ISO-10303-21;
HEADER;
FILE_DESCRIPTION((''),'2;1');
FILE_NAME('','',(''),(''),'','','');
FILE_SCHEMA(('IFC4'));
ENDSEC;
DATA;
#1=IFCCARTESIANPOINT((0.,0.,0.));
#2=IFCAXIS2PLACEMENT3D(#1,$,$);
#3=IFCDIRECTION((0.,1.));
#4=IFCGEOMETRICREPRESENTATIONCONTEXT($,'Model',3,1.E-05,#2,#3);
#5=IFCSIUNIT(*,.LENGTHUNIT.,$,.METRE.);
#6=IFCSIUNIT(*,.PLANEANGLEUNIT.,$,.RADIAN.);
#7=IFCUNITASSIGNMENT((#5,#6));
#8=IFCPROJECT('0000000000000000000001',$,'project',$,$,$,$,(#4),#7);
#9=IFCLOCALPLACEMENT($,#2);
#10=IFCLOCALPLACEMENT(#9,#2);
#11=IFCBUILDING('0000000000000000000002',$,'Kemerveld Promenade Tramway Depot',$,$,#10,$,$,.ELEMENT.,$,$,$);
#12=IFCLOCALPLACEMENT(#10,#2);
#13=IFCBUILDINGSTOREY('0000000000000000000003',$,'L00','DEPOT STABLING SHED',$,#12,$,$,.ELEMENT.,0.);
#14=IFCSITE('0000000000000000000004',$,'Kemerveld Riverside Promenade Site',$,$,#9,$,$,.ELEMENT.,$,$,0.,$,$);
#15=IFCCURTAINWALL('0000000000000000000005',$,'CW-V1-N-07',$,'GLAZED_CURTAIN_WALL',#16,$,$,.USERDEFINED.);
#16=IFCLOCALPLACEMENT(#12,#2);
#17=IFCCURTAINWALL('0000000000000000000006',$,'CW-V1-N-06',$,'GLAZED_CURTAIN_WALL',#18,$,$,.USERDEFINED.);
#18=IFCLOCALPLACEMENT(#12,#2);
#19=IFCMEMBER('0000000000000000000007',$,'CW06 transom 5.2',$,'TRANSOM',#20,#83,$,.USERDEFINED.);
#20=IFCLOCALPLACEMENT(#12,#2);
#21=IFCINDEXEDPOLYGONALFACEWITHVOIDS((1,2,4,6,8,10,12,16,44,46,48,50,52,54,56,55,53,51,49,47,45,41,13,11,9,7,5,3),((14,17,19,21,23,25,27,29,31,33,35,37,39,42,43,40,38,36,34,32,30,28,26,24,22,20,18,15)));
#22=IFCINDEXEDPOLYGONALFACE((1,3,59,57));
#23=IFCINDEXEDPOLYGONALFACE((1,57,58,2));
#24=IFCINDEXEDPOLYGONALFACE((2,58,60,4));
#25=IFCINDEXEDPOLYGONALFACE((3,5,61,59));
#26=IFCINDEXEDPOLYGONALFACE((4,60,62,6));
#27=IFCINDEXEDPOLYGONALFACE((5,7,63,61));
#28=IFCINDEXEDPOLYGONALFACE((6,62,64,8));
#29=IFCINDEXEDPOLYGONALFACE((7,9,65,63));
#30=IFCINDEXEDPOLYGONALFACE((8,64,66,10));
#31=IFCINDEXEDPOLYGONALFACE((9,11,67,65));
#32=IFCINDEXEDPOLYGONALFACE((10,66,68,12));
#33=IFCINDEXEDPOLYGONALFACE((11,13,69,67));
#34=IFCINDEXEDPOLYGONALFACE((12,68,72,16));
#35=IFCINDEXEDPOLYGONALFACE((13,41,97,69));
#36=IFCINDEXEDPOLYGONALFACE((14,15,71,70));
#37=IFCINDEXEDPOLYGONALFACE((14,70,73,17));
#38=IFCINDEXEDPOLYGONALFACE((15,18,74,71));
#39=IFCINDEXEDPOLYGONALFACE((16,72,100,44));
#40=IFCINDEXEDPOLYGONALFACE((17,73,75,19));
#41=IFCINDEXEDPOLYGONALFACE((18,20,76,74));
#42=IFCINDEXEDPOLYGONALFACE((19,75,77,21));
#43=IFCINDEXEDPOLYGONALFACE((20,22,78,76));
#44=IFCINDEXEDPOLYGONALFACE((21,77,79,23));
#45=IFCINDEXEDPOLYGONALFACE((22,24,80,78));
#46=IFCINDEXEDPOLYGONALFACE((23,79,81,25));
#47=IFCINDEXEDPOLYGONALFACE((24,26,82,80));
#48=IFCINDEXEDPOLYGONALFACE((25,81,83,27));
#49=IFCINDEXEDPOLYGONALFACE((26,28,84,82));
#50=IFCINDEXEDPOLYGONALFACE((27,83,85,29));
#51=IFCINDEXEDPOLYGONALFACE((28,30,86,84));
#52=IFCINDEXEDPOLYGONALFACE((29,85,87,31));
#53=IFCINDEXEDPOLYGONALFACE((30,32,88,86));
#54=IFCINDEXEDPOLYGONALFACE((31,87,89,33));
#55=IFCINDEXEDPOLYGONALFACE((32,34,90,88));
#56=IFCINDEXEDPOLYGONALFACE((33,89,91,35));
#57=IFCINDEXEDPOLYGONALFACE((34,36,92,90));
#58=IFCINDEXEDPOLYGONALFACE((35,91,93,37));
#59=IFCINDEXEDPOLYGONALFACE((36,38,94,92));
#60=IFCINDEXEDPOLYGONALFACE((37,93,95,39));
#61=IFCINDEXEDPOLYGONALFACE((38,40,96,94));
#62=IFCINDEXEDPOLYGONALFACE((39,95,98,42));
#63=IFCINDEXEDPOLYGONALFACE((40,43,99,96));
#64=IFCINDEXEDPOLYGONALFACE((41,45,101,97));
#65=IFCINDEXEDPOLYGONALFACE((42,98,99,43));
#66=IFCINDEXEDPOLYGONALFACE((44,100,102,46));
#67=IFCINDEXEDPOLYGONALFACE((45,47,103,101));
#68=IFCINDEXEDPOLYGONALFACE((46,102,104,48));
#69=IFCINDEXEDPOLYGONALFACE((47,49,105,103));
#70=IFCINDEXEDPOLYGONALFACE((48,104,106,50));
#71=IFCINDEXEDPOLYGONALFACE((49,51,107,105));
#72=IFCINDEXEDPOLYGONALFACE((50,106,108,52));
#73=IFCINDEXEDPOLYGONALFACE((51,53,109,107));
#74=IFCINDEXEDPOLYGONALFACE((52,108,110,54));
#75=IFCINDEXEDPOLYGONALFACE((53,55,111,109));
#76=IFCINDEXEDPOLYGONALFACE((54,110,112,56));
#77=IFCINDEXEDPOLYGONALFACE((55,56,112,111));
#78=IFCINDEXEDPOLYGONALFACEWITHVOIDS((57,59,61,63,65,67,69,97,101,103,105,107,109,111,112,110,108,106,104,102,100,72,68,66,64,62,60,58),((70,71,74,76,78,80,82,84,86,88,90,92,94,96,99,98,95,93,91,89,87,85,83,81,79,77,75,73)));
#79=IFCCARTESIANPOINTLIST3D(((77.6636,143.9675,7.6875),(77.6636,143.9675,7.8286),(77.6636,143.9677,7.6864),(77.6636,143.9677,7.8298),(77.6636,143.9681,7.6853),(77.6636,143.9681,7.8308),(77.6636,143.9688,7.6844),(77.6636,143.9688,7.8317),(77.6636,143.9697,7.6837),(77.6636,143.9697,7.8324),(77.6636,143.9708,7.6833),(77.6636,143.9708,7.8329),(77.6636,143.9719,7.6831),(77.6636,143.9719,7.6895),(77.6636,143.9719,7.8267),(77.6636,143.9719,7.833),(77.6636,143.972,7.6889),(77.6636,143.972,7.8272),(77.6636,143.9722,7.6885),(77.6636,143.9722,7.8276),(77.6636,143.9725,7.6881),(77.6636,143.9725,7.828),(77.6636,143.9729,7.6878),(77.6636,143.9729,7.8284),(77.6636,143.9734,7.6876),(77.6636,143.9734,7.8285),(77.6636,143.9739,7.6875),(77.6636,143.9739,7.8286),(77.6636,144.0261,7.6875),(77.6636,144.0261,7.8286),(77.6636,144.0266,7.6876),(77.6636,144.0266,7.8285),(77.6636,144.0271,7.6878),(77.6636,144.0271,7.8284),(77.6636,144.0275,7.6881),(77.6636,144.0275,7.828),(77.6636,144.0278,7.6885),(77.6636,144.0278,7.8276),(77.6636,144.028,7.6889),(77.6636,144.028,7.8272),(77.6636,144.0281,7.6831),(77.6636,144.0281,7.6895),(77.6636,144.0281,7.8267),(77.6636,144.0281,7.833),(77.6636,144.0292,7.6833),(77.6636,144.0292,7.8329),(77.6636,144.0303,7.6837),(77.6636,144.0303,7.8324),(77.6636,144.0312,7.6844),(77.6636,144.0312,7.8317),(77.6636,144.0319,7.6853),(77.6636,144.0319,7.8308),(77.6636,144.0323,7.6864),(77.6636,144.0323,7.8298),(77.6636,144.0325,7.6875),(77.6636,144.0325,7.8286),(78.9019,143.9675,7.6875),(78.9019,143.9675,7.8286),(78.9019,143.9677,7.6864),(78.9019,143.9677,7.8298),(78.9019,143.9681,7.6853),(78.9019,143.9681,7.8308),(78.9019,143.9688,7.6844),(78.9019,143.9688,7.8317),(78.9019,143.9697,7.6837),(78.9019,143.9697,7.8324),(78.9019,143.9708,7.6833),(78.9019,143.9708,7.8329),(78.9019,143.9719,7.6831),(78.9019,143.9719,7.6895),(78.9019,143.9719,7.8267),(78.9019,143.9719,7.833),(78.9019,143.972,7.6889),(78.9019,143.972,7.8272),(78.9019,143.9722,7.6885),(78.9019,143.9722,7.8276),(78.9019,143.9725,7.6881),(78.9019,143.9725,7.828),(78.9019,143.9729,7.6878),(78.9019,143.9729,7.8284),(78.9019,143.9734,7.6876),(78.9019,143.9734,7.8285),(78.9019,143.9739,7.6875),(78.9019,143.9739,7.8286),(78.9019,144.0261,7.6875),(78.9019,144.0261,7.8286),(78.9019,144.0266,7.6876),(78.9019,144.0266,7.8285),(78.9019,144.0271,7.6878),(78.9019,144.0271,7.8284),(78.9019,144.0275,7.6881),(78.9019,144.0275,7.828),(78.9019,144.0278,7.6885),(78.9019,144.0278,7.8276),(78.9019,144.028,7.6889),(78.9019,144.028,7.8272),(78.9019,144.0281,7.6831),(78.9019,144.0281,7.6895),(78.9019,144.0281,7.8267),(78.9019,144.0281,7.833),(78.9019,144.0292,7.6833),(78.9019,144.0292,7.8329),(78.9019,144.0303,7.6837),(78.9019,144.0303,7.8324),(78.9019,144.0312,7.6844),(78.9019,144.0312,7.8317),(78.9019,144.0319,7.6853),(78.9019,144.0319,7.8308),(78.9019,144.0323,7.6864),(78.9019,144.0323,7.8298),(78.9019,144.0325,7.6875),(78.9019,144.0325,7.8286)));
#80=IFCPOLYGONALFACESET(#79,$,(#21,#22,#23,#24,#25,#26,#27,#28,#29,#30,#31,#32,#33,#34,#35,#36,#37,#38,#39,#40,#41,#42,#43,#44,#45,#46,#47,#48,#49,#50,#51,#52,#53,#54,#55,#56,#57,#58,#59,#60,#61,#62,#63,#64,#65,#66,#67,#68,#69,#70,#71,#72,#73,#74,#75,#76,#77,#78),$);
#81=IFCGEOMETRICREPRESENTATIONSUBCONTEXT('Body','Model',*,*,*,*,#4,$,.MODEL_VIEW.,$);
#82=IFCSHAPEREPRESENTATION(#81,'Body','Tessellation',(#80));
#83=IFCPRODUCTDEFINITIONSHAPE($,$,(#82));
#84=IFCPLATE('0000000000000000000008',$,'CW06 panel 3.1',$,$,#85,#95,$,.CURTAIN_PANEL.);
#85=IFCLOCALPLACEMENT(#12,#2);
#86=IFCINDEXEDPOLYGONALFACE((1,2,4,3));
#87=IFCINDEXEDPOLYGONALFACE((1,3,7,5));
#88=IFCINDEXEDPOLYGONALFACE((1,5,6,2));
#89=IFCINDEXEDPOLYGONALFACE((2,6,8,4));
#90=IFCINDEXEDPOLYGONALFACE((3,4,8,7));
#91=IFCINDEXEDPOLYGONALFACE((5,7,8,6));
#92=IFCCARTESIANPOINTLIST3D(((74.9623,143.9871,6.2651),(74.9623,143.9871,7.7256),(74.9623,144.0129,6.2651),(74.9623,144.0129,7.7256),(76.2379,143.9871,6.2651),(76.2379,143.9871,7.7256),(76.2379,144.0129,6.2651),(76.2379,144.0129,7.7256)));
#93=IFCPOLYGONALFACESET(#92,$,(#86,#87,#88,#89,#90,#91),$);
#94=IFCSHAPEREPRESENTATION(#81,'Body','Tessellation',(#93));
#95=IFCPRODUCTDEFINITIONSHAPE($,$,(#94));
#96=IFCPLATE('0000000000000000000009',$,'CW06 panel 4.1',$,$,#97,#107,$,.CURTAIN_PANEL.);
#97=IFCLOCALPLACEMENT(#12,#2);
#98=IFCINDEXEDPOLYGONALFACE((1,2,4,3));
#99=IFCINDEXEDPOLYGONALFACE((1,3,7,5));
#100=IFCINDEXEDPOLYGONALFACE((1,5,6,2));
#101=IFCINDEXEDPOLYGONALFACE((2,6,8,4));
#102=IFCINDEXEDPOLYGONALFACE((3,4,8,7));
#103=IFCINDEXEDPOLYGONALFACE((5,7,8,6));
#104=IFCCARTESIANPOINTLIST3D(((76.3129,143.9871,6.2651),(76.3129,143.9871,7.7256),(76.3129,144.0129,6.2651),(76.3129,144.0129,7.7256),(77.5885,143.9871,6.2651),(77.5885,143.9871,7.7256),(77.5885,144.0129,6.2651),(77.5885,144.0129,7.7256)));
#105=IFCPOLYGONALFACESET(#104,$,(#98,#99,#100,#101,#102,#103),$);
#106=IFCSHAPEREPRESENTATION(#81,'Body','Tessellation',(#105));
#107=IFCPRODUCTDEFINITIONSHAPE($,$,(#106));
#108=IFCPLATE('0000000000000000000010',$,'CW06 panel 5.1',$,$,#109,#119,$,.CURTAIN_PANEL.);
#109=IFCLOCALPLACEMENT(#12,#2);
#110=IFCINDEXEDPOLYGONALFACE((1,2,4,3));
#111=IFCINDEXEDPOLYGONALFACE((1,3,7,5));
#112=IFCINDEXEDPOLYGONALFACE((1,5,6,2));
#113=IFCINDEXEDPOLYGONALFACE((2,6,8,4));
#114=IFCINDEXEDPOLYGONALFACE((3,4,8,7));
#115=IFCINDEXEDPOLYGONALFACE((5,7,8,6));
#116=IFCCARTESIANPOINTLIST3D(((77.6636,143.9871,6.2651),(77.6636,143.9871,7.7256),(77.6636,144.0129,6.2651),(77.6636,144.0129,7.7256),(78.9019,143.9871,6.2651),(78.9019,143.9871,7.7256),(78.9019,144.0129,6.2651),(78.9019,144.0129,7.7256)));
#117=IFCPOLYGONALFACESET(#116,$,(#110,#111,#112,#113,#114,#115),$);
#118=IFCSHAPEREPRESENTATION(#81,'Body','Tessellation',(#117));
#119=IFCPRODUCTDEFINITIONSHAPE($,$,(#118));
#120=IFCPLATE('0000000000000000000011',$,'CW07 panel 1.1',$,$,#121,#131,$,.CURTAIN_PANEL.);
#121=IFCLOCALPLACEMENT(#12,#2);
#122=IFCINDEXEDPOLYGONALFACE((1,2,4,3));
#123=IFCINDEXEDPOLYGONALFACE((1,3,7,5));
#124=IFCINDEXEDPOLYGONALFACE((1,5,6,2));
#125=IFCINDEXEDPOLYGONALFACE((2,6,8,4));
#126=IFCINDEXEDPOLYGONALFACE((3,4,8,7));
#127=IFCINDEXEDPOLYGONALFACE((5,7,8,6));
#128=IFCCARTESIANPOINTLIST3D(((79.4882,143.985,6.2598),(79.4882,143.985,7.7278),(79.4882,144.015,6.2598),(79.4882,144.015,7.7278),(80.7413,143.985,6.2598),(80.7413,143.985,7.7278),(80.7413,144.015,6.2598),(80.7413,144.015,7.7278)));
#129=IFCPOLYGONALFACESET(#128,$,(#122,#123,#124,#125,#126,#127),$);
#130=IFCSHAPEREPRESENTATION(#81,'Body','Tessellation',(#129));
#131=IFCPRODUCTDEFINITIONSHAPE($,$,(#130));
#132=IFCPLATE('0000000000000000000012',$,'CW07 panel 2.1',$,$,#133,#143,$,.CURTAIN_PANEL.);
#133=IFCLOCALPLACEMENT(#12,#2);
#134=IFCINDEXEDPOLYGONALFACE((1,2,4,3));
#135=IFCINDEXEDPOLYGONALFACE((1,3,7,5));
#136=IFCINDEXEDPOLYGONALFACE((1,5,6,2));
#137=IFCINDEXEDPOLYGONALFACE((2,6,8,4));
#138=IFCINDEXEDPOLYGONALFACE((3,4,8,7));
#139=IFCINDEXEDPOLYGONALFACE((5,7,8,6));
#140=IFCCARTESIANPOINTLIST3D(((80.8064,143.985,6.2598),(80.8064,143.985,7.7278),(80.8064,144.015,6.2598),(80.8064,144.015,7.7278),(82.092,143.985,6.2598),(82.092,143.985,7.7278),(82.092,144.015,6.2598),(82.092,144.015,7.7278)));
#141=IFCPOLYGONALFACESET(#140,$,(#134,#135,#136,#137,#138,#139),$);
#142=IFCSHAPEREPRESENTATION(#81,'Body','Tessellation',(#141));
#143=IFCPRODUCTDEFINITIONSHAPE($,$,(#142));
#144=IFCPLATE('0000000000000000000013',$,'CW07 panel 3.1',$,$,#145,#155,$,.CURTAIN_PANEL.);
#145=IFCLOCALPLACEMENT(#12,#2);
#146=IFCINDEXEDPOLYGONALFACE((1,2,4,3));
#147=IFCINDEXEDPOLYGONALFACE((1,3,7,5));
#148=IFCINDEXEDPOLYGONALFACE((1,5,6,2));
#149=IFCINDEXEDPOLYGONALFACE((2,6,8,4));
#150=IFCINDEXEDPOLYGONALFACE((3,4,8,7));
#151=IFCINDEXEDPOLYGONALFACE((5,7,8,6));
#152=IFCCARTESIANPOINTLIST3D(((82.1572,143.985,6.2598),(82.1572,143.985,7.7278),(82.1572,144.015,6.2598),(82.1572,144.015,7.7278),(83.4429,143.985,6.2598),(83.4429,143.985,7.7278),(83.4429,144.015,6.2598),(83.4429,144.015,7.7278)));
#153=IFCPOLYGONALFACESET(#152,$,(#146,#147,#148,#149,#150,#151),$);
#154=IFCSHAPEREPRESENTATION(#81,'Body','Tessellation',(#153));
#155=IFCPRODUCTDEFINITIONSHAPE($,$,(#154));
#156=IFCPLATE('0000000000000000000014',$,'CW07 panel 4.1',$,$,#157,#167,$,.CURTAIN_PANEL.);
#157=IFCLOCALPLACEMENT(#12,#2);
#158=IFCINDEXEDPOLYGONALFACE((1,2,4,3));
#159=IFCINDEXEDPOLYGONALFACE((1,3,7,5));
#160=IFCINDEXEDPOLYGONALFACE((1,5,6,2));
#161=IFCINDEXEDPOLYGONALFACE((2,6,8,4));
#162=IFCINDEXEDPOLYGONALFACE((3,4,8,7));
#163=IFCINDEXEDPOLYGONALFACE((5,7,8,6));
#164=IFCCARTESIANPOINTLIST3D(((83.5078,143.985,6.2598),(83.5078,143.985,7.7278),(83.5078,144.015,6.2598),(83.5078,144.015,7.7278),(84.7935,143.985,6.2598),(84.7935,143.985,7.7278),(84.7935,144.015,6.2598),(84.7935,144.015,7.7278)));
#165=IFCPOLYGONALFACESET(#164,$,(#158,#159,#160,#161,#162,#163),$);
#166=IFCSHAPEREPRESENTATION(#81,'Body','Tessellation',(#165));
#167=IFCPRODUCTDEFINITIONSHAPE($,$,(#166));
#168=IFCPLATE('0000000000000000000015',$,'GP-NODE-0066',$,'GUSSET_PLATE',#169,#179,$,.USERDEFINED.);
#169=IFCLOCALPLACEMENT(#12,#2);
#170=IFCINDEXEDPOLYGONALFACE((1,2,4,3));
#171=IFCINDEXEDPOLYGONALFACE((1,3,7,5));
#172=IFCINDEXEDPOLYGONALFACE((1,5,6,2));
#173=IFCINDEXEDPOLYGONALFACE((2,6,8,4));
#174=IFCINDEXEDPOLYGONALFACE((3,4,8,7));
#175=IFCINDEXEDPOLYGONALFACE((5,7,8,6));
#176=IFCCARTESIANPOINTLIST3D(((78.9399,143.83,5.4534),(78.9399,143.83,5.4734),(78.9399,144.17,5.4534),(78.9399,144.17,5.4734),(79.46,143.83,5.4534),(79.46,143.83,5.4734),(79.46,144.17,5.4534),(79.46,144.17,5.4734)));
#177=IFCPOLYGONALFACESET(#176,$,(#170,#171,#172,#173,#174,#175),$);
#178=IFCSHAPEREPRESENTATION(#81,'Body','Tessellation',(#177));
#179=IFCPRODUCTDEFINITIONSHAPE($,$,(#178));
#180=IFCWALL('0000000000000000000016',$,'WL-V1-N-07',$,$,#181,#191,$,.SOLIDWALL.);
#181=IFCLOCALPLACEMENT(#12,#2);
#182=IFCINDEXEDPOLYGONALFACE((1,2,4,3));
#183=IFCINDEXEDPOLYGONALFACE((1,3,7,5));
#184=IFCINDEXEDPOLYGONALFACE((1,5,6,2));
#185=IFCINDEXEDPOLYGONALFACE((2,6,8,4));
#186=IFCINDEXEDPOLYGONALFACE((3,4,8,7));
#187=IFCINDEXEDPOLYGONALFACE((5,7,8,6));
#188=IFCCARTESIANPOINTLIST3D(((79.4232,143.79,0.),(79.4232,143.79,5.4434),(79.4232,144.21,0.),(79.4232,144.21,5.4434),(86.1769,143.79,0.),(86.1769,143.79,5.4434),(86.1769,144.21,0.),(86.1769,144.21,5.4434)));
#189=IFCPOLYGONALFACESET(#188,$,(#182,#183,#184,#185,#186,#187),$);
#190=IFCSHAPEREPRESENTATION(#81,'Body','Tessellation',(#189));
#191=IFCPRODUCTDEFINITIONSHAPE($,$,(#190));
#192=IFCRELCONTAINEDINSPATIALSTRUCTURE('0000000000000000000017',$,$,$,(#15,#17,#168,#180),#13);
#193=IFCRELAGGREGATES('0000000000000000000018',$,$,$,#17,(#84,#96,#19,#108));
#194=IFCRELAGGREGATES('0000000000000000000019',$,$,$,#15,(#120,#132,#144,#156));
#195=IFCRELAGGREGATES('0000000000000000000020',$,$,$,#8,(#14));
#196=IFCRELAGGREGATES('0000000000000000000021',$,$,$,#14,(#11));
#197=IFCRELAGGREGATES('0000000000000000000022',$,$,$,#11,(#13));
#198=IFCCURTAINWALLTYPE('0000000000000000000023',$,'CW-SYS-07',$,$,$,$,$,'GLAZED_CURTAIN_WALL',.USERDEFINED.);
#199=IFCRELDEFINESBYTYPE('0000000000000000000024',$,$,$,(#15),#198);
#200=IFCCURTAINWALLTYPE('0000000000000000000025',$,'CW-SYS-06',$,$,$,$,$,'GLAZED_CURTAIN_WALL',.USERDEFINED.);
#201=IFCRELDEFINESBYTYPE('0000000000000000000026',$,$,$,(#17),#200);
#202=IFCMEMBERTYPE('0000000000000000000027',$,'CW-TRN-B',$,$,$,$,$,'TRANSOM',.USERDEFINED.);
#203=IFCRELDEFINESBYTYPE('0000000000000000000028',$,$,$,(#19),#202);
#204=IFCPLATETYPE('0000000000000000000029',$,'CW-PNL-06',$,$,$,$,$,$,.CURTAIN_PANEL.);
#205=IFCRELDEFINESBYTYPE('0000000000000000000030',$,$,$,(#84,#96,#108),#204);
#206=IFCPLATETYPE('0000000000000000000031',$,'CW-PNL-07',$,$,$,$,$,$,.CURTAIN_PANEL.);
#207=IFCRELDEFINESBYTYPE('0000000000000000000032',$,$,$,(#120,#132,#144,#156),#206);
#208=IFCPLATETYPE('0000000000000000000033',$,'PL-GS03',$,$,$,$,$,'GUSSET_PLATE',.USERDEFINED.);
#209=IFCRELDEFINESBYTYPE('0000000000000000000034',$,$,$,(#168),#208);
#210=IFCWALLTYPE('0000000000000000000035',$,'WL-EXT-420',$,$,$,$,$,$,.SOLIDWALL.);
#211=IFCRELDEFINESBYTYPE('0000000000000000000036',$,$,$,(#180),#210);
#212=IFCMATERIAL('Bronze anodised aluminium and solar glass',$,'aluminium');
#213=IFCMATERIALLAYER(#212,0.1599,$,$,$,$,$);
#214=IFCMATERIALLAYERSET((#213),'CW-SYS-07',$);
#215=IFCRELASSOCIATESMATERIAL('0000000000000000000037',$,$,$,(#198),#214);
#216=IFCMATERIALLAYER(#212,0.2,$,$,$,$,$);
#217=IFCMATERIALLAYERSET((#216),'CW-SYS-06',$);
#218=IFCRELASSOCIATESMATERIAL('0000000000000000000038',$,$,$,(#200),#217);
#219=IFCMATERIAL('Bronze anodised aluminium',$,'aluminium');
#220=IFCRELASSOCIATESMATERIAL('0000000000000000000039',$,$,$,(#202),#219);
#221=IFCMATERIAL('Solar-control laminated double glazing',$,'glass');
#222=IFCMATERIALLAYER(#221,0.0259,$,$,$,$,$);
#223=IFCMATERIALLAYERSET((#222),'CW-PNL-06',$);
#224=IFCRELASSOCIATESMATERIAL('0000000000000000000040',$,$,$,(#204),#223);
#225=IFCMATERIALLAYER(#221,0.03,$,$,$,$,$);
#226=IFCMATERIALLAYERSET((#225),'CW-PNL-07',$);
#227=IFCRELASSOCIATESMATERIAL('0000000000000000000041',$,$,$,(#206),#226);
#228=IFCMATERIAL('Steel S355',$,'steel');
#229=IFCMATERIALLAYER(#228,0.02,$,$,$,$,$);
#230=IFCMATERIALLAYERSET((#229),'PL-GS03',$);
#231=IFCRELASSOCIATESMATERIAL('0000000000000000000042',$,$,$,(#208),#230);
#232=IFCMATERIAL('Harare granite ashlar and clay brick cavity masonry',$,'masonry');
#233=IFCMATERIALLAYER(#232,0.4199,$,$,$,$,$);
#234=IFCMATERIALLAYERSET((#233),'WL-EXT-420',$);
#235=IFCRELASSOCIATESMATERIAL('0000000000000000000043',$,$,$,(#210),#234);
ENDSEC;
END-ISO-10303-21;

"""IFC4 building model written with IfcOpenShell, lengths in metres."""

from ifc_helpers import new_model, si_unit, direction, frame, frame_2d, origin, origin_2d, place, context, subcontext, project, spatial, rectangle, hollow_rectangle, extrude, material, layer, layer_set, material_profile, profile_set, type_object, element, aggregate, save


model = new_model("IFC4")

# Units and contexts
model_context = context("Model", 3, precision=1e-05, world=origin(), true_north=direction((0.0, 1.0)))
body_context = subcontext(model_context, "Body", "Model", "MODEL_VIEW")
ifc_project = project(units=[si_unit("LENGTHUNIT", "METRE"), si_unit("PLANEANGLEUNIT", "RADIAN")], contexts=[model_context])

# Site, building, storey
site_placement = place(None, origin())
site = spatial("IfcSite", under=ifc_project, at=site_placement, Name="Kemerveld Riverside Promenade Site", CompositionType="ELEMENT", RefElevation=0.0)
building_placement = place(site_placement, origin())
building = spatial("IfcBuilding", under=site, at=building_placement, Name="Kemerveld Promenade Tramway Depot", CompositionType="ELEMENT")
storey_placement = place(building_placement, origin())
storey = spatial("IfcBuildingStorey", under=building, at=storey_placement, Name="L00", Description="DEPOT STABLING SHED", CompositionType="ELEMENT", Elevation=0.0)

# Shared definitions
ifc_material_1 = material(Name="Steel S355", Category="steel")

# Curtain walls
ifc_material_2 = material(Name="Bronze anodised aluminium and solar glass", Category="aluminium")
ifc_layer_1 = layer(ifc_material_2, 0.1599)
ifc_layer_set_1 = layer_set([ifc_layer_1], Name="CW-SYS-07")
curtain_wall_type_1 = type_object("IfcCurtainWallType", Name="CW-SYS-07", ElementType="GLAZED_CURTAIN_WALL", PredefinedType="USERDEFINED", material=ifc_layer_set_1)
curtain_wall_1_placement = place(storey_placement, origin())
curtain_wall_1 = element("IfcCurtainWall", 1, at=curtain_wall_1_placement, inside=storey, type_object=curtain_wall_type_1, Name="CW-V1-N-07", ObjectType="GLAZED_CURTAIN_WALL", PredefinedType="USERDEFINED")
ifc_material_3 = material(Name="Bronze anodised aluminium", Category="aluminium")
ifc_layer_2 = layer(ifc_material_2, 0.2)
ifc_layer_set_2 = layer_set([ifc_layer_2], Name="CW-SYS-06")
curtain_wall_type_2 = type_object("IfcCurtainWallType", Name="CW-SYS-06", ElementType="GLAZED_CURTAIN_WALL", PredefinedType="USERDEFINED", material=ifc_layer_set_2)
curtain_wall_2_placement = place(storey_placement, origin())
curtain_wall_2 = element("IfcCurtainWall", 2, at=curtain_wall_2_placement, inside=storey, type_object=curtain_wall_type_2, Name="CW-V1-N-06", ObjectType="GLAZED_CURTAIN_WALL", PredefinedType="USERDEFINED")

# Member
ifc_material_profile_1 = material_profile(ifc_material_3, hollow_rectangle(XDim=0.0649, YDim=0.1499, WallThickness=0.0044, InnerFilletRadius=0.002, OuterFilletRadius=0.0044, at=origin_2d()), Name="CW-TRN-150x65")
ifc_profile_set_1 = profile_set([ifc_material_profile_1], Name="Bronze anodised aluminium")
member_type_1 = type_object("IfcMemberType", Name="CW-TRN-B", ElementType="TRANSOM", PredefinedType="USERDEFINED", material=ifc_profile_set_1)
member_1_placement = place(storey_placement, frame((77.6636, 144.0, 7.7581), z_axis=(1.0, 0.0, 0.0), x_axis=(0.0, 1.0, 0.0)))
member_1 = element("IfcMember", 3, at=member_1_placement, type_object=member_type_1, Name="CW06 transom 5.2", ObjectType="TRANSOM", PredefinedType="USERDEFINED", context=body_context, shape_type="SweptSolid", body=[
    extrude(hollow_rectangle(XDim=0.0649, YDim=0.1499, WallThickness=0.0044, InnerFilletRadius=0.002, OuterFilletRadius=0.0044, at=origin_2d()), origin(), (0.0, 0.0, 1.0), 1.2383),
])

# Plates
ifc_material_4 = material(Name="Solar-control laminated double glazing", Category="glass")
ifc_layer_3 = layer(ifc_material_4, 0.0259)
ifc_layer_set_3 = layer_set([ifc_layer_3], Name="CW-PNL-06")
plate_type_1 = type_object("IfcPlateType", Name="CW-PNL-06", PredefinedType="CURTAIN_PANEL", material=ifc_layer_set_3)
plate_1_placement = place(storey_placement, frame((75.6001, 144.0, 6.2651), z_axis=(0.0, 0.0, 1.0), x_axis=(1.0, 0.0, 0.0)))
plate_1 = element("IfcPlate", 4, at=plate_1_placement, type_object=plate_type_1, Name="CW06 panel 3.1", PredefinedType="CURTAIN_PANEL", context=body_context, shape_type="SweptSolid", body=[
    extrude(rectangle(XDim=1.2756, YDim=0.0259, at=origin_2d()), origin(), (0.0, 0.0, 1.0), 1.4604),
])
plate_2_placement = place(storey_placement, frame((76.9507, 144.0, 6.2651), z_axis=(0.0, 0.0, 1.0), x_axis=(1.0, 0.0, 0.0)))
plate_2 = element("IfcPlate", 5, at=plate_2_placement, type_object=plate_type_1, Name="CW06 panel 4.1", PredefinedType="CURTAIN_PANEL", context=body_context, shape_type="SweptSolid", body=[
    extrude(rectangle(XDim=1.2756, YDim=0.0259, at=origin_2d()), origin(), (0.0, 0.0, 1.0), 1.4604),
])
plate_3_placement = place(storey_placement, frame((78.2827, 144.0, 6.2651), z_axis=(0.0, 0.0, 1.0), x_axis=(1.0, 0.0, 0.0)))
plate_3 = element("IfcPlate", 6, at=plate_3_placement, type_object=plate_type_1, Name="CW06 panel 5.1", PredefinedType="CURTAIN_PANEL", context=body_context, shape_type="SweptSolid", body=[
    extrude(rectangle(XDim=1.2383, YDim=0.0259, at=origin_2d()), origin(), (0.0, 0.0, 1.0), 1.4604),
])
aggregate(curtain_wall_2, [plate_1, plate_2, member_1, plate_3])
ifc_layer_4 = layer(ifc_material_4, 0.03)
ifc_layer_set_4 = layer_set([ifc_layer_4], Name="CW-PNL-07")
plate_type_2 = type_object("IfcPlateType", Name="CW-PNL-07", PredefinedType="CURTAIN_PANEL", material=ifc_layer_set_4)
plate_4_placement = place(storey_placement, frame((80.1147, 144.0, 6.2598), z_axis=(0.0, 0.0, 1.0), x_axis=(1.0, 0.0, 0.0)))
plate_4 = element("IfcPlate", 7, at=plate_4_placement, type_object=plate_type_2, Name="CW07 panel 1.1", PredefinedType="CURTAIN_PANEL", context=body_context, shape_type="SweptSolid", body=[
    extrude(rectangle(XDim=1.2532, YDim=0.03, at=origin_2d()), origin(), (0.0, 0.0, 1.0), 1.468),
])
plate_5_placement = place(storey_placement, frame((81.4492, 144.0, 6.2598), z_axis=(0.0, 0.0, 1.0), x_axis=(1.0, 0.0, 0.0)))
plate_5 = element("IfcPlate", 8, at=plate_5_placement, type_object=plate_type_2, Name="CW07 panel 2.1", PredefinedType="CURTAIN_PANEL", context=body_context, shape_type="SweptSolid", body=[
    extrude(rectangle(XDim=1.2856, YDim=0.03, at=origin_2d()), origin(), (0.0, 0.0, 1.0), 1.468),
])
plate_6_placement = place(storey_placement, frame((82.8, 144.0, 6.2598), z_axis=(0.0, 0.0, 1.0), x_axis=(1.0, 0.0, 0.0)))
plate_6 = element("IfcPlate", 9, at=plate_6_placement, type_object=plate_type_2, Name="CW07 panel 3.1", PredefinedType="CURTAIN_PANEL", context=body_context, shape_type="SweptSolid", body=[
    extrude(rectangle(XDim=1.2856, YDim=0.03, at=origin_2d()), origin(), (0.0, 0.0, 1.0), 1.468),
])
plate_7_placement = place(storey_placement, frame((84.1506, 144.0, 6.2598), z_axis=(0.0, 0.0, 1.0), x_axis=(1.0, 0.0, 0.0)))
plate_7 = element("IfcPlate", 10, at=plate_7_placement, type_object=plate_type_2, Name="CW07 panel 4.1", PredefinedType="CURTAIN_PANEL", context=body_context, shape_type="SweptSolid", body=[
    extrude(rectangle(XDim=1.2856, YDim=0.03, at=origin_2d()), origin(), (0.0, 0.0, 1.0), 1.468),
])
aggregate(curtain_wall_1, [plate_4, plate_5, plate_6, plate_7])
ifc_layer_5 = layer(ifc_material_1, 0.02)
ifc_layer_set_5 = layer_set([ifc_layer_5], Name="PL-GS03")
plate_type_3 = type_object("IfcPlateType", Name="PL-GS03", ElementType="GUSSET_PLATE", PredefinedType="USERDEFINED", material=ifc_layer_set_5)
plate_8_placement = place(storey_placement, frame((79.2, 144.0, 5.4534), z_axis=(0.0, 0.0, 1.0), x_axis=(1.0, 0.0, 0.0)))
element("IfcPlate", 11, at=plate_8_placement, inside=storey, type_object=plate_type_3, Name="GP-NODE-0066", ObjectType="GUSSET_PLATE", PredefinedType="USERDEFINED", context=body_context, shape_type="SweptSolid", body=[
    extrude(rectangle(XDim=0.52, YDim=0.3401, at=origin_2d()), origin(), (0.0, 0.0, 1.0), 0.02),
])

# Wall
ifc_material_5 = material(Name="Harare granite ashlar and clay brick cavity masonry", Category="masonry")
ifc_layer_6 = layer(ifc_material_5, 0.4199)
ifc_layer_set_6 = layer_set([ifc_layer_6], Name="WL-EXT-420")
wall_type = type_object("IfcWallType", Name="WL-EXT-420", PredefinedType="SOLIDWALL", material=ifc_layer_set_6)
wall_placement = place(storey_placement, frame((79.4231, 144.0, 0.0), z_axis=(0.0, 0.0, 1.0), x_axis=(1.0, 0.0, 0.0)))
element("IfcWall", 12, at=wall_placement, inside=storey, type_object=wall_type, Name="WL-V1-N-07", PredefinedType="SOLIDWALL", context=body_context, shape_type="SweptSolid", body=[
    extrude(rectangle(XDim=6.7537, YDim=0.4199, at=frame_2d((3.377, 0.0))), origin(), (0.0, 0.0, 1.0), 5.4434),
])

save(model, "model.ifc")
